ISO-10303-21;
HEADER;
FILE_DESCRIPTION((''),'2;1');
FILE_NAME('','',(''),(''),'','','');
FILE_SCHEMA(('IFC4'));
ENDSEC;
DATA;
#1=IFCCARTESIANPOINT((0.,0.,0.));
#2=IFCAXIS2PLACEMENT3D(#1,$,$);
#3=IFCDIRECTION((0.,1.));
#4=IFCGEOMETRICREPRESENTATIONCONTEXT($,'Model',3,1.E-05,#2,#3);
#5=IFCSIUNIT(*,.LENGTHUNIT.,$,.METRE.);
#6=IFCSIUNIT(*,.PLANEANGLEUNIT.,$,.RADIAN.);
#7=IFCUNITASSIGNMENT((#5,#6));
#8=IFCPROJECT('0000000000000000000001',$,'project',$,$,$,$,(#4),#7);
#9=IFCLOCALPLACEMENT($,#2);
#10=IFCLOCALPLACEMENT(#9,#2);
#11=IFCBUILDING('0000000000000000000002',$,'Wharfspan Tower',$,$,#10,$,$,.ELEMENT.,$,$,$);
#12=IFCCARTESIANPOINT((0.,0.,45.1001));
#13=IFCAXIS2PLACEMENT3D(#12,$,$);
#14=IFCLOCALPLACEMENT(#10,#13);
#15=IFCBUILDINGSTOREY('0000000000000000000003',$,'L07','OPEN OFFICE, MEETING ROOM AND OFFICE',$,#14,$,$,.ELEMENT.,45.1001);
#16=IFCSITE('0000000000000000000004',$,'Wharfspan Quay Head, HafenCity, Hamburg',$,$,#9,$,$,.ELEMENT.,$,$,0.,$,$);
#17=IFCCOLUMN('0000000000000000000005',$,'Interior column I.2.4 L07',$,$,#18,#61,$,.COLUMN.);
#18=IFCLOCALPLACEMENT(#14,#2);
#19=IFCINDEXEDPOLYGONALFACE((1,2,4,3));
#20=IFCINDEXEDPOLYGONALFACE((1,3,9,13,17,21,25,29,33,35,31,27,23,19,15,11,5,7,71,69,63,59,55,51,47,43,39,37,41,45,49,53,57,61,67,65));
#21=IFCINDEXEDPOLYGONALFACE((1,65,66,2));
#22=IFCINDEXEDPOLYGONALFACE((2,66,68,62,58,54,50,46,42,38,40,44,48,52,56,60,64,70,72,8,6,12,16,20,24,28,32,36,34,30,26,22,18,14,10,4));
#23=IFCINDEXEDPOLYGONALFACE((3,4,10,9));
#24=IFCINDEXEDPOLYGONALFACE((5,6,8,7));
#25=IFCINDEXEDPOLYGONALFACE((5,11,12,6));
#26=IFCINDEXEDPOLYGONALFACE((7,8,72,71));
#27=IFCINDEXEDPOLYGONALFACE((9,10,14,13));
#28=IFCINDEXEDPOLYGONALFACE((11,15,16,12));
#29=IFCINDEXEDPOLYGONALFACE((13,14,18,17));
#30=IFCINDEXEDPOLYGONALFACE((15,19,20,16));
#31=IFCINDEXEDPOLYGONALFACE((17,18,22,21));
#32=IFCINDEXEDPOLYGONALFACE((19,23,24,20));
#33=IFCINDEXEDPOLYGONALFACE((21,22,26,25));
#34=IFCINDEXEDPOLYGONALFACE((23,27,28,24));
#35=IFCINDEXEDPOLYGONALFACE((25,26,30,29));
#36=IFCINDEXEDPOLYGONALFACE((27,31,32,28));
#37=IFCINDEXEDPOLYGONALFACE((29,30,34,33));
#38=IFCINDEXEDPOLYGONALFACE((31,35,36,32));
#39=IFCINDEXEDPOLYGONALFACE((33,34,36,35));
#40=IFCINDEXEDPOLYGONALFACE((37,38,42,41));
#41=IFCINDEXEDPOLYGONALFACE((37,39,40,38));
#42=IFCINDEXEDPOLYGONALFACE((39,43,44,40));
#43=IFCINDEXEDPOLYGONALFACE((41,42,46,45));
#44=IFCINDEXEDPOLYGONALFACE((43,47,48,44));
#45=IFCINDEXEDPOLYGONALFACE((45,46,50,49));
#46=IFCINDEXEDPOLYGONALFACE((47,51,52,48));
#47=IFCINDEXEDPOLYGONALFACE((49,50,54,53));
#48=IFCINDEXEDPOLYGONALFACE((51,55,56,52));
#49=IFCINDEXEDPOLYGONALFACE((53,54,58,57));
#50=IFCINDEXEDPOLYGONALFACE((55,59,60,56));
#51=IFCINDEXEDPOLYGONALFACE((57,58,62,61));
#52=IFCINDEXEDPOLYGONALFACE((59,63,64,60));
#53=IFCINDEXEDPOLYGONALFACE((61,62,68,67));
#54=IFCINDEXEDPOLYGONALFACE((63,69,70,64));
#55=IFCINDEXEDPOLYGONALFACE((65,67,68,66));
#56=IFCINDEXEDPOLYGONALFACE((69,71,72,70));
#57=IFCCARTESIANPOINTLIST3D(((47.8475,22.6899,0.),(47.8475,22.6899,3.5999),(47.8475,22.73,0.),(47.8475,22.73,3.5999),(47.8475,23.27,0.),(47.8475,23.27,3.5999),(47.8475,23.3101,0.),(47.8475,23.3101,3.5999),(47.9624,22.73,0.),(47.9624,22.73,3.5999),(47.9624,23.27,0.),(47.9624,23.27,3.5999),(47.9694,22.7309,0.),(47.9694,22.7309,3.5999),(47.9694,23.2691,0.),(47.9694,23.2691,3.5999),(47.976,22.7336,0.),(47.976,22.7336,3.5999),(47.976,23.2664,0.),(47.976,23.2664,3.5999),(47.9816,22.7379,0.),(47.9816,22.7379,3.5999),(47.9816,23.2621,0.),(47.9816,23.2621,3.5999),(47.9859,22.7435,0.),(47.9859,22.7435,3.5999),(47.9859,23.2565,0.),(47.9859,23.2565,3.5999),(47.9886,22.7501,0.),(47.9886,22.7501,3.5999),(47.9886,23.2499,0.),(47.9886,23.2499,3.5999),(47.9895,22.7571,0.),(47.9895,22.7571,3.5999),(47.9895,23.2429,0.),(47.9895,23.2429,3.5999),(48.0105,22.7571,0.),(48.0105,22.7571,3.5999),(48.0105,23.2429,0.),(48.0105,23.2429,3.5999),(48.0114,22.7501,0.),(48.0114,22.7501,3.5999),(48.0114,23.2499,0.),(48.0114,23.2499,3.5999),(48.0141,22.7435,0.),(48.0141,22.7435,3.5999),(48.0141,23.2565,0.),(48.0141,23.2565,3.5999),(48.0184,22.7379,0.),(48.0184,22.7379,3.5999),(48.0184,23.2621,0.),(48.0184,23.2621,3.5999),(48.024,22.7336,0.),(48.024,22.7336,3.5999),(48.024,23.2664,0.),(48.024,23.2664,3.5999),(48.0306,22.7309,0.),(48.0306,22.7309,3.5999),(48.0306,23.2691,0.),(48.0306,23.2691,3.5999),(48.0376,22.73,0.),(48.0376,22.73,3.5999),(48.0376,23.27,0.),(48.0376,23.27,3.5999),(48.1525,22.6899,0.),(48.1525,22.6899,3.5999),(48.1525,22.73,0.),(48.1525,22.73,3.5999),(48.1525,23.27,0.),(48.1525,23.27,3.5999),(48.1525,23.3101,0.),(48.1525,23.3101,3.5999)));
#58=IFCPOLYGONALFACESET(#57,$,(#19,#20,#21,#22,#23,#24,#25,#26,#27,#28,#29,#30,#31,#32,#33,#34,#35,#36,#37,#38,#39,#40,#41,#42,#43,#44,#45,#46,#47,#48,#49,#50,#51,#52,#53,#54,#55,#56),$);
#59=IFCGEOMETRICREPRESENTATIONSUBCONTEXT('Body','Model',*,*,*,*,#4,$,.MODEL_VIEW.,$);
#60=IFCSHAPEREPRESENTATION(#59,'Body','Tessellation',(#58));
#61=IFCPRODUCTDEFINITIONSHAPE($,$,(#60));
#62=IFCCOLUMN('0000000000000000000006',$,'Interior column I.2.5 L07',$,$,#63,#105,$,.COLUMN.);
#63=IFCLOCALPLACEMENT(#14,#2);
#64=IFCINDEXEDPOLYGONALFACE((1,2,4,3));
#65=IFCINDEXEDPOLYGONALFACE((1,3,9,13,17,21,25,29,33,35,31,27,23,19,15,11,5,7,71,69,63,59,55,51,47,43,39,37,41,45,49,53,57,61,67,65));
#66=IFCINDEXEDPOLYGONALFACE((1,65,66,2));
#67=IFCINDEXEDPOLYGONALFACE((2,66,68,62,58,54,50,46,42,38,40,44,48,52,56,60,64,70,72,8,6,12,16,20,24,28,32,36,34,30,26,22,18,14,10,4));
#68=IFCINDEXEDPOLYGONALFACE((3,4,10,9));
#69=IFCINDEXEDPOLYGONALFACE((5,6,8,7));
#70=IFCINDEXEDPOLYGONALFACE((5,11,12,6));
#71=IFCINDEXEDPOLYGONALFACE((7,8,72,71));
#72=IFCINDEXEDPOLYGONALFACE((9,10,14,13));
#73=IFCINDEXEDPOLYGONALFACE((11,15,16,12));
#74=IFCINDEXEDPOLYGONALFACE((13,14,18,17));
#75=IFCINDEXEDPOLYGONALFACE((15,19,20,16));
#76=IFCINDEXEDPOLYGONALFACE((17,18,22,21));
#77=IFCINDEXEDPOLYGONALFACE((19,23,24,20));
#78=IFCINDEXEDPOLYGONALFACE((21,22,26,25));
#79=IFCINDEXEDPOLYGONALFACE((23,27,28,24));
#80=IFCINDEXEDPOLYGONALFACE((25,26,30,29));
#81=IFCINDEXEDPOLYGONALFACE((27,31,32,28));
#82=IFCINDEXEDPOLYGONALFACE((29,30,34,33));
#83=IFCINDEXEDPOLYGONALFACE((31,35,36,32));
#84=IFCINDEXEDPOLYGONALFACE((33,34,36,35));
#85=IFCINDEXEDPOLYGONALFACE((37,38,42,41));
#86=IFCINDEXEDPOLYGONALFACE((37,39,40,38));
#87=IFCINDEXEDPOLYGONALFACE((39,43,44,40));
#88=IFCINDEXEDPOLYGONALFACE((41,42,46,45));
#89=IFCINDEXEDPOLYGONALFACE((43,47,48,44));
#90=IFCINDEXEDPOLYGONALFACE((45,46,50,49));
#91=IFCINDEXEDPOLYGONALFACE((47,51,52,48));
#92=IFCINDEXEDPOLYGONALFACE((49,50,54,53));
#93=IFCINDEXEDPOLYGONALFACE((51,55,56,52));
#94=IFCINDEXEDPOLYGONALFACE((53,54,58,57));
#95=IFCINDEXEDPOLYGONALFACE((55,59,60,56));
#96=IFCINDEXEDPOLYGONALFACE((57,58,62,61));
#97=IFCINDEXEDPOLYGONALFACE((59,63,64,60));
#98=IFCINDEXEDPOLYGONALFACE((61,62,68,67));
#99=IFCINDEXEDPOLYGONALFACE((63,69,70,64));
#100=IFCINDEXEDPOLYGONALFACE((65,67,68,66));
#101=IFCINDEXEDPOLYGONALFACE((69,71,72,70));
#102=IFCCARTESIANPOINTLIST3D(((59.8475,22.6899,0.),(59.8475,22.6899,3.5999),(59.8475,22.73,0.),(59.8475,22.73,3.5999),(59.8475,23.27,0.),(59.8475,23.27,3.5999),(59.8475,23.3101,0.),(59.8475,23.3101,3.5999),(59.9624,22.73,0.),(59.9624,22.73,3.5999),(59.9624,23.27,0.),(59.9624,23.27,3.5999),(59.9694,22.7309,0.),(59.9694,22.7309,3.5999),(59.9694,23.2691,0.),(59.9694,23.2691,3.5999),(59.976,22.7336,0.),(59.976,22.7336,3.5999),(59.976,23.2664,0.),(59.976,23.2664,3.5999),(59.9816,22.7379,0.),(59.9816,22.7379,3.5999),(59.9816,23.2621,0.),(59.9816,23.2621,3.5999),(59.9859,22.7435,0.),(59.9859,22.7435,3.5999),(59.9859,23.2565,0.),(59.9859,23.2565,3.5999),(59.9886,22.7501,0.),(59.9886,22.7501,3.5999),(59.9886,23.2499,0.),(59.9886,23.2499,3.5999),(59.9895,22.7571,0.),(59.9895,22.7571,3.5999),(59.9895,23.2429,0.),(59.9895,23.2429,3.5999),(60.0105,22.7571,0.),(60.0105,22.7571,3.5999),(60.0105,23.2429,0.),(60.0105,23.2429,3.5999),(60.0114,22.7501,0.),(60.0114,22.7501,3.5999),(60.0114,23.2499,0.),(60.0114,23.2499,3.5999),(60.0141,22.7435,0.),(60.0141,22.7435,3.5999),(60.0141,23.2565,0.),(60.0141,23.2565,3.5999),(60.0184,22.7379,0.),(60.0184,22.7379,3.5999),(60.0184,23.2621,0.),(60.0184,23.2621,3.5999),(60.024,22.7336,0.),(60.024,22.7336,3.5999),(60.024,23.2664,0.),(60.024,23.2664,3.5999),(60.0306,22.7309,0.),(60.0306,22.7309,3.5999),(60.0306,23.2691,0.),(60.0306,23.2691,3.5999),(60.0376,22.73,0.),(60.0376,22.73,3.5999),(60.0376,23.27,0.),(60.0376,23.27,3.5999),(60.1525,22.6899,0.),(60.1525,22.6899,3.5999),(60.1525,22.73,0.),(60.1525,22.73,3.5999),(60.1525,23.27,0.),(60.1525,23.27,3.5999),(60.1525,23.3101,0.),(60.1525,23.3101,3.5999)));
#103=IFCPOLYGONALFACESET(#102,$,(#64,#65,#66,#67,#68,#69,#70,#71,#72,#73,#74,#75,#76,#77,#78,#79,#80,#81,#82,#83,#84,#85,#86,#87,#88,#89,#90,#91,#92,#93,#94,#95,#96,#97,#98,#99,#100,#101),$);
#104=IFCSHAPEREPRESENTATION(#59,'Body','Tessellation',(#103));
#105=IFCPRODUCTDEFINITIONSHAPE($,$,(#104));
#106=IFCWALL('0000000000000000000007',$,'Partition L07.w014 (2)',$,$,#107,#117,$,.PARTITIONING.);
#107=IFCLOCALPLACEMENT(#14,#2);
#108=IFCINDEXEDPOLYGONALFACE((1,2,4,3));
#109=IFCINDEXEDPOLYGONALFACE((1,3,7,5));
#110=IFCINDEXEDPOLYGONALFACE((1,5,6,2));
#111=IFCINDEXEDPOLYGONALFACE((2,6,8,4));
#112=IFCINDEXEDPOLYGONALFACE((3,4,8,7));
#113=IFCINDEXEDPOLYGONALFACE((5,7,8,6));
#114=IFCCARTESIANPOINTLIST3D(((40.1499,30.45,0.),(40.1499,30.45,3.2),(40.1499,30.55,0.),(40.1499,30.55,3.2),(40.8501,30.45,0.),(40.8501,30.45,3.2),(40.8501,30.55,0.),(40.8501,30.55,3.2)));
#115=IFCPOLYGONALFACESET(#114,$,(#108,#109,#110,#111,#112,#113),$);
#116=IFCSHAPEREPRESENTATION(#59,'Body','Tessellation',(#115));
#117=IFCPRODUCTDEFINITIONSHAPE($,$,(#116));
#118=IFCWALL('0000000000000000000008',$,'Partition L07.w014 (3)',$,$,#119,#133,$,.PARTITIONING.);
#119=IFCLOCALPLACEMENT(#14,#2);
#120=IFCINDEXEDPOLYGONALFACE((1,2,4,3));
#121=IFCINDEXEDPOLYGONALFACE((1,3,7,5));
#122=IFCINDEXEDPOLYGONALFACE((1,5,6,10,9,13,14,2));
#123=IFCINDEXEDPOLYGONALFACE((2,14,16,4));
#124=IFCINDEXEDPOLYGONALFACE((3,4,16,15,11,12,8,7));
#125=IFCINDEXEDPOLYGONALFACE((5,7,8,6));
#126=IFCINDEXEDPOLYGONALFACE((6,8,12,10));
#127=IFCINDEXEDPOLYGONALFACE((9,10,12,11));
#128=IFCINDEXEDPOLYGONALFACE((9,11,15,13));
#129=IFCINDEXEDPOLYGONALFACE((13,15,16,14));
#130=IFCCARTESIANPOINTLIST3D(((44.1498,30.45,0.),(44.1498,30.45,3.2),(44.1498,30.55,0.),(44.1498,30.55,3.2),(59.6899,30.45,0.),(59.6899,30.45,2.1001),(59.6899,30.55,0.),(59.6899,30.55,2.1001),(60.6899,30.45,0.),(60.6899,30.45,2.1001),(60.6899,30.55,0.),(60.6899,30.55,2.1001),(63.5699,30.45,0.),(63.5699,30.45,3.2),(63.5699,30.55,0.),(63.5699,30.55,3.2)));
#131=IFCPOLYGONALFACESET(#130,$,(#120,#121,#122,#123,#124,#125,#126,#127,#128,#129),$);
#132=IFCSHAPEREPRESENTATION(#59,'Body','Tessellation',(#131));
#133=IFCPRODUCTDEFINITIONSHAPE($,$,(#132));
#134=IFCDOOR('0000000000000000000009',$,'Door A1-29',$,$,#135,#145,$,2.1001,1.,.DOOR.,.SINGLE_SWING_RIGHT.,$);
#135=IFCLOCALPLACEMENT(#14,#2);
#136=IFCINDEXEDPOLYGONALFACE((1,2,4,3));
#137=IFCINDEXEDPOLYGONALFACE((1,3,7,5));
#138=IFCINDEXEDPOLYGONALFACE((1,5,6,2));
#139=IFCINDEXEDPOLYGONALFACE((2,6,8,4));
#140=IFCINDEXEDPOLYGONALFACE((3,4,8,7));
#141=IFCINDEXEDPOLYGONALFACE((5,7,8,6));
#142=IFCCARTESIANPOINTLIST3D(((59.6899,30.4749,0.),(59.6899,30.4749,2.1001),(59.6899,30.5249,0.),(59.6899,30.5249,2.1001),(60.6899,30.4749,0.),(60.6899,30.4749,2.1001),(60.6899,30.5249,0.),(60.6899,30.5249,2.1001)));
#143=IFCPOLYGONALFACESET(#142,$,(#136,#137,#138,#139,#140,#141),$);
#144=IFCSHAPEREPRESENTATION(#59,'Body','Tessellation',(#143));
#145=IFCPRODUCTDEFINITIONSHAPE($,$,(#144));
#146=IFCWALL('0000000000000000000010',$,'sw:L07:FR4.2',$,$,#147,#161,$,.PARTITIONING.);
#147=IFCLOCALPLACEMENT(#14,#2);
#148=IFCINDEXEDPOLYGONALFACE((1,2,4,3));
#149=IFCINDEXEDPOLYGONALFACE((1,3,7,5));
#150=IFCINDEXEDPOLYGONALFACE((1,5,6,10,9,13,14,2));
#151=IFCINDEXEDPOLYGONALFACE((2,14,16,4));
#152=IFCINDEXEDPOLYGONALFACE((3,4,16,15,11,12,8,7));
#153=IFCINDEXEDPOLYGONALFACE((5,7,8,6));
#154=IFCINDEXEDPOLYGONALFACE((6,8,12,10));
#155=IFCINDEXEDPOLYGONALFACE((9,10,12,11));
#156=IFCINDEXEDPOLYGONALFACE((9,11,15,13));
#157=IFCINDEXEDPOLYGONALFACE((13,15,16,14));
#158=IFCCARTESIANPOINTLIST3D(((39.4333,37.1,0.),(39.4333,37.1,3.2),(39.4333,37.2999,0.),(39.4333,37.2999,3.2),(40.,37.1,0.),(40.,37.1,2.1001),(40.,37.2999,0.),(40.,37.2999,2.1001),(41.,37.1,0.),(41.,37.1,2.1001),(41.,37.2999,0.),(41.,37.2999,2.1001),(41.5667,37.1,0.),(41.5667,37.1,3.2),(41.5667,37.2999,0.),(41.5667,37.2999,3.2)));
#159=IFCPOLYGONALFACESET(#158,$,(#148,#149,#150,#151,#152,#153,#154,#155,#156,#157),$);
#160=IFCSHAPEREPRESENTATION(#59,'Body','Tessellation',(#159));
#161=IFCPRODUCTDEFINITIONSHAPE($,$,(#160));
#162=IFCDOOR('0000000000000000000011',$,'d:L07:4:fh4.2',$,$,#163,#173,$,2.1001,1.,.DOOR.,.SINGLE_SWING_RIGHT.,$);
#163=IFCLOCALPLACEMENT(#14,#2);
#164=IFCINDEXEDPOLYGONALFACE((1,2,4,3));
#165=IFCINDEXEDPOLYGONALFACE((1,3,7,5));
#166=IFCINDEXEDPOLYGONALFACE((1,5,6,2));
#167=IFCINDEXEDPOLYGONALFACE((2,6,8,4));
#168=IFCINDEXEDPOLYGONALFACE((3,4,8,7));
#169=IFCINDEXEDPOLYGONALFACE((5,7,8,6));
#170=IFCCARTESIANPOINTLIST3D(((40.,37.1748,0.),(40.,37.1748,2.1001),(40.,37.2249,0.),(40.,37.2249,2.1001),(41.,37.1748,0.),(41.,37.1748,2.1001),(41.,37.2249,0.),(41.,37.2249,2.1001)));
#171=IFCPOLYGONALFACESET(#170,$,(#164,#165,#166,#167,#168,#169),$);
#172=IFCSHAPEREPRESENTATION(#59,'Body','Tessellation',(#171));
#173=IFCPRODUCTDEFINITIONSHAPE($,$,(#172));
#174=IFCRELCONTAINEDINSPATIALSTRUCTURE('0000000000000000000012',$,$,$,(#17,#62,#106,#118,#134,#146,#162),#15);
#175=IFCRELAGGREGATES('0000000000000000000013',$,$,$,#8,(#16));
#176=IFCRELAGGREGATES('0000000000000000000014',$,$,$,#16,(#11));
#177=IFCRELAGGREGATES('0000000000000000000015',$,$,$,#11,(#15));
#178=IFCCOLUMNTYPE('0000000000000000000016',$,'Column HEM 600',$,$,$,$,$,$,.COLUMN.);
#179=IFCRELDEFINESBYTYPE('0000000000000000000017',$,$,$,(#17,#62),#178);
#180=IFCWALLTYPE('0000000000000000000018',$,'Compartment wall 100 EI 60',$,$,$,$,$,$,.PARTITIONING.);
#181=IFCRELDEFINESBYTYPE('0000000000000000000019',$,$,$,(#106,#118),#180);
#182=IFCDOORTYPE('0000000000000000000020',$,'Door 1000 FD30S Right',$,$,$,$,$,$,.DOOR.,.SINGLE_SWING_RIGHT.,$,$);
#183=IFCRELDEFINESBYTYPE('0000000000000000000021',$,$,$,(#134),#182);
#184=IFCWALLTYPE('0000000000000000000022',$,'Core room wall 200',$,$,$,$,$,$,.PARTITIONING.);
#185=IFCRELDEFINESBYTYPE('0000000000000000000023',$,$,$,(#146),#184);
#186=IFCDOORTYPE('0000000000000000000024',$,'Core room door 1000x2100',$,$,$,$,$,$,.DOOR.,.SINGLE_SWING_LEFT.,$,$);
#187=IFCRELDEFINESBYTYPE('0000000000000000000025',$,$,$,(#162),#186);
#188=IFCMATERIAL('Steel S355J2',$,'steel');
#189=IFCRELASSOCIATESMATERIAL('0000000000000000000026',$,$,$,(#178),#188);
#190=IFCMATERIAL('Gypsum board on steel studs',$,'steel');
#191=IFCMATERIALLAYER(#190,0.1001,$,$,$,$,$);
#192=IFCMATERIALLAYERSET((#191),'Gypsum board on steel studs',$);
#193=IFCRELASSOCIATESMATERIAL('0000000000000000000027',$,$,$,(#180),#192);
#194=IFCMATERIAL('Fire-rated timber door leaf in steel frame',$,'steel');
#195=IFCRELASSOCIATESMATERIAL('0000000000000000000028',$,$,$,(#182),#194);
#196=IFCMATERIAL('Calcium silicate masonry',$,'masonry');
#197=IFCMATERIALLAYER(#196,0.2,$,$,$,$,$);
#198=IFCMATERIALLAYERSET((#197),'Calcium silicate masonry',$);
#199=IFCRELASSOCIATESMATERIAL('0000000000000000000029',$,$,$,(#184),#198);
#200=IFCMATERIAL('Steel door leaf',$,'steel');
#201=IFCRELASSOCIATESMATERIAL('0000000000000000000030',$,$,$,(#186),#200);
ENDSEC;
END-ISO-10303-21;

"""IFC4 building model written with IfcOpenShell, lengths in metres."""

from ifc_helpers import new_model, si_unit, direction, frame, frame_2d, origin, origin_2d, place, context, subcontext, project, spatial, rectangle, i_section, extrude, material, layer, layer_set, material_profile, profile_set, type_object, element, fill, save


model = new_model("IFC4")

# Units and contexts
model_context = context("Model", 3, precision=1e-05, world=origin(), true_north=direction((0.0, 1.0)))
body_context = subcontext(model_context, "Body", "Model", "MODEL_VIEW")
ifc_project = project(units=[si_unit("LENGTHUNIT", "METRE"), si_unit("PLANEANGLEUNIT", "RADIAN")], contexts=[model_context])

# Site, building, storey
site_placement = place(None, origin())
site = spatial("IfcSite", under=ifc_project, at=site_placement, Name="Wharfspan Quay Head, HafenCity, Hamburg", CompositionType="ELEMENT", RefElevation=0.0)
building_placement = place(site_placement, origin())
building = spatial("IfcBuilding", under=site, at=building_placement, Name="Wharfspan Tower", CompositionType="ELEMENT")
storey_placement = place(building_placement, frame((0.0, 0.0, 45.1001)))
storey = spatial("IfcBuildingStorey", under=building, at=storey_placement, Name="L07", Description="OPEN OFFICE, MEETING ROOM AND OFFICE", CompositionType="ELEMENT", Elevation=45.1001)

# Columns
ifc_material_1 = material(Name="Steel S355J2", Category="steel")
ifc_material_profile = material_profile(ifc_material_1, i_section(OverallWidth=0.3049, OverallDepth=0.6201, WebThickness=0.021, FlangeThickness=0.04, FilletRadius=0.0271, at=origin_2d()))
ifc_profile_set = profile_set([ifc_material_profile], Name="Steel S355J2")
column_type = type_object("IfcColumnType", Name="Column HEM 600", PredefinedType="COLUMN", material=ifc_profile_set)
for number, where, z_axis, x_axis, name in (
    (1, (48.0, 23.0, 0.0), (0.0, 0.0, 1.0), (1.0, 0.0, 0.0), "Interior column I.2.4 L07"),
    (2, (60.0, 23.0, 0.0), (0.0, 0.0, 1.0), (1.0, 0.0, 0.0), "Interior column I.2.5 L07"),
):
    element("IfcColumn", number, at=place(storey_placement, frame(where, z_axis=z_axis, x_axis=x_axis)), inside=storey, type_object=column_type, Name=name, PredefinedType="COLUMN", context=body_context, shape_type="SweptSolid", body=[
        extrude(i_section(OverallWidth=0.3049, OverallDepth=0.6201, WebThickness=0.021, FlangeThickness=0.04, FilletRadius=0.0271, at=origin_2d()), origin(), (0.0, 0.0, 1.0), 3.5999),
    ])

# Wall
ifc_material_2 = material(Name="Gypsum board on steel studs", Category="steel")
ifc_layer_1 = layer(ifc_material_2, 0.1001)
ifc_layer_set_1 = layer_set([ifc_layer_1], Name="Gypsum board on steel studs")
wall_type_1 = type_object("IfcWallType", Name="Compartment wall 100 EI 60", PredefinedType="PARTITIONING", material=ifc_layer_set_1)
wall_1_placement = place(storey_placement, frame((40.1499, 30.5, 0.0), z_axis=(0.0, 0.0, 1.0), x_axis=(1.0, 0.0, 0.0)))
element("IfcWall", 3, at=wall_1_placement, inside=storey, type_object=wall_type_1, Name="Partition L07.w014 (2)", PredefinedType="PARTITIONING", context=body_context, shape_type="SweptSolid", body=[
    extrude(rectangle(XDim=0.7002, YDim=0.1001, at=frame_2d((0.3501, 0.0))), origin(), (0.0, 0.0, 1.0), 3.2),
])

# Walls, openings, doors
wall_2_placement = place(storey_placement, frame((44.1499, 30.5, 0.0), z_axis=(0.0, 0.0, 1.0), x_axis=(1.0, 0.0, 0.0)))
wall_2 = element("IfcWall", 4, at=wall_2_placement, inside=storey, type_object=wall_type_1, Name="Partition L07.w014 (3)", PredefinedType="PARTITIONING", context=body_context, shape_type="SweptSolid", body=[
    extrude(rectangle(XDim=19.4202, YDim=0.1001, at=frame_2d((9.71, 0.0))), origin(), (0.0, 0.0, 1.0), 3.2),
])
opening_1_placement = place(wall_2_placement, frame((15.54, 0.0, 0.0)))
opening_1 = element("IfcOpeningElement", 5, at=opening_1_placement, cuts=wall_2, PredefinedType="OPENING", context=body_context, shape_type="SweptSolid", body=[
    extrude(rectangle(XDim=1.0, YDim=2.1001, at=frame_2d((0.5, 1.05))), frame((0.0, 0.0601, 0.0), z_axis=(0.0, -1.0, 0.0), x_axis=(1.0, 0.0, 0.0)), (0.0, 0.0, 1.0), 0.1201),
])
ifc_material_3 = material(Name="Fire-rated timber door leaf in steel frame", Category="steel")
door_type_1 = type_object("IfcDoorType", Name="Door 1000 FD30S Right", OperationType="SINGLE_SWING_RIGHT", PredefinedType="DOOR", material=ifc_material_3)
door_1_placement = place(opening_1_placement, origin())
door_1 = element("IfcDoor", 6, at=door_1_placement, inside=storey, type_object=door_type_1, Name="Door A1-29", OperationType="SINGLE_SWING_RIGHT", OverallHeight=2.1001, OverallWidth=1.0, PredefinedType="DOOR", context=body_context, shape_type="SweptSolid", body=[
    extrude(rectangle(XDim=1.0, YDim=2.1001, at=frame_2d((0.5, 1.05))), frame((0.0, 0.0249, 0.0), z_axis=(0.0, -1.0, 0.0), x_axis=(1.0, 0.0, 0.0)), (0.0, 0.0, 1.0), 0.05),
])
fill(opening_1, door_1)
ifc_material_4 = material(Name="Calcium silicate masonry", Category="masonry")
ifc_layer_2 = layer(ifc_material_4, 0.2)
ifc_layer_set_2 = layer_set([ifc_layer_2], Name="Calcium silicate masonry")
wall_type_2 = type_object("IfcWallType", Name="Core room wall 200", PredefinedType="PARTITIONING", material=ifc_layer_set_2)
wall_3_placement = place(storey_placement, frame((39.4333, 37.2, 0.0), z_axis=(0.0, 0.0, 1.0), x_axis=(1.0, 0.0, 0.0)))
wall_3 = element("IfcWall", 7, at=wall_3_placement, inside=storey, type_object=wall_type_2, Name="sw:L07:FR4.2", PredefinedType="PARTITIONING", context=body_context, shape_type="SweptSolid", body=[
    extrude(rectangle(XDim=2.1333, YDim=0.2, at=frame_2d((1.0667, 0.0))), origin(), (0.0, 0.0, 1.0), 3.2),
])
opening_2_placement = place(wall_3_placement, frame((0.5666, 0.0, 0.0)))
opening_2 = element("IfcOpeningElement", 8, at=opening_2_placement, cuts=wall_3, PredefinedType="OPENING", context=body_context, shape_type="SweptSolid", body=[
    extrude(rectangle(XDim=1.0, YDim=2.1001, at=frame_2d((0.5, 1.05))), frame((0.0, 0.1099, 0.0), z_axis=(0.0, -1.0, 0.0), x_axis=(1.0, 0.0, 0.0)), (0.0, 0.0, 1.0), 0.22),
])
ifc_material_5 = material(Name="Steel door leaf", Category="steel")
door_type_2 = type_object("IfcDoorType", Name="Core room door 1000x2100", OperationType="SINGLE_SWING_LEFT", PredefinedType="DOOR", material=ifc_material_5)
door_2_placement = place(opening_2_placement, origin())
door_2 = element("IfcDoor", 9, at=door_2_placement, inside=storey, type_object=door_type_2, Name="d:L07:4:fh4.2", OperationType="SINGLE_SWING_RIGHT", OverallHeight=2.1001, OverallWidth=1.0, PredefinedType="DOOR", context=body_context, shape_type="SweptSolid", body=[
    extrude(rectangle(XDim=1.0, YDim=2.1001, at=frame_2d((0.5, 1.05))), frame((0.0, 0.0249, 0.0), z_axis=(0.0, -1.0, 0.0), x_axis=(1.0, 0.0, 0.0)), (0.0, 0.0, 1.0), 0.05),
])
fill(opening_2, door_2)

save(model, "model.ifc")
